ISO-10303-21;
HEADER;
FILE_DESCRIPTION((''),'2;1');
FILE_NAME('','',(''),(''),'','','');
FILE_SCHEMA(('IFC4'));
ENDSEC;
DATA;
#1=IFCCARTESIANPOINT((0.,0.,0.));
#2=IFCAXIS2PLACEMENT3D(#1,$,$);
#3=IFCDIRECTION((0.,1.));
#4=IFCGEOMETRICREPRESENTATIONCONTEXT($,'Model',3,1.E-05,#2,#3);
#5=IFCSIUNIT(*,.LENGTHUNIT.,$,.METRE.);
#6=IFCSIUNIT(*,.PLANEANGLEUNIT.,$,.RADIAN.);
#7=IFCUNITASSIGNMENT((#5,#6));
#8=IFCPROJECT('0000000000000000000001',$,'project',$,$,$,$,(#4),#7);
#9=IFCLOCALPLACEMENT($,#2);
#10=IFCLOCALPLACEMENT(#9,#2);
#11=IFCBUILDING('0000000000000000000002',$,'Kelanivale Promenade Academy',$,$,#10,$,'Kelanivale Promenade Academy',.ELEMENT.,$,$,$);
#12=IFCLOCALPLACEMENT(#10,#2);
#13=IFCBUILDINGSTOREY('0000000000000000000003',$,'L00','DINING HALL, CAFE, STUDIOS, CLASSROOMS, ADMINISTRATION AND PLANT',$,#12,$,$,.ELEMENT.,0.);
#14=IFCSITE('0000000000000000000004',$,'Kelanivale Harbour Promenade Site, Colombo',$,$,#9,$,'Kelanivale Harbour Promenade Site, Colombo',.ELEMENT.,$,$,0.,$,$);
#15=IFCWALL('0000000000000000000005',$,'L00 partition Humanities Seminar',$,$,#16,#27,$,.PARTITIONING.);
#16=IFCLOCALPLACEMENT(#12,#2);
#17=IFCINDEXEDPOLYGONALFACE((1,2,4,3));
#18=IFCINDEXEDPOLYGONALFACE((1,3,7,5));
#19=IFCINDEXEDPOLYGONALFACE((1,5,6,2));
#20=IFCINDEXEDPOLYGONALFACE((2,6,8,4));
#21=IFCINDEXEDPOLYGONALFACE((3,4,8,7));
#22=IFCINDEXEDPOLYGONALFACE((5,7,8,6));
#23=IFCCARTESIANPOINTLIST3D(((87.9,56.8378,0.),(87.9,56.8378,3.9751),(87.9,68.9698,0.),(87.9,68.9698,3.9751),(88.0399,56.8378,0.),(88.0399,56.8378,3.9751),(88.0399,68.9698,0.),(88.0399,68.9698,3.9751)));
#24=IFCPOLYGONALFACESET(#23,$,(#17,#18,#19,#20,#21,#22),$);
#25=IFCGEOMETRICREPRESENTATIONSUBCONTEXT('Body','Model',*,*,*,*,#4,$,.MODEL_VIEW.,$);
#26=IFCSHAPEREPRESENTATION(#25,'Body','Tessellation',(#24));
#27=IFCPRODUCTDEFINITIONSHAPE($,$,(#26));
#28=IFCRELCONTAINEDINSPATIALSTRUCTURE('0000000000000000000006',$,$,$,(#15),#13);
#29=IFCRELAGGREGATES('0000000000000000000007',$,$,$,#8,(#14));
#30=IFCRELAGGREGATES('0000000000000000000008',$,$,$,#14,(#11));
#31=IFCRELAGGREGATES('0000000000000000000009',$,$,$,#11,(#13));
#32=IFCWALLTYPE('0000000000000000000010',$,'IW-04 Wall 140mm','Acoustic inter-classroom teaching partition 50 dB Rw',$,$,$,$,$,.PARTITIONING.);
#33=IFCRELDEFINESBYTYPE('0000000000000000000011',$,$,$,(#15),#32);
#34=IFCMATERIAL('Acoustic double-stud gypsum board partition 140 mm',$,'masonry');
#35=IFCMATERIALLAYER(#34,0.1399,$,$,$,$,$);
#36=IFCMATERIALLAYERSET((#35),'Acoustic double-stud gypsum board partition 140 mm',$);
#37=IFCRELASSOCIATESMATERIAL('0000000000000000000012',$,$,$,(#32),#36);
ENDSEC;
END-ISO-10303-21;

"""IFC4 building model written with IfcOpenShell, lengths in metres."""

from ifc_helpers import new_model, si_unit, direction, frame, frame_2d, origin, place, context, subcontext, project, spatial, rectangle, extrude, material, layer, layer_set, type_object, element, save


model = new_model("IFC4")

# Units and contexts
model_context = context("Model", 3, precision=1e-05, world=origin(), true_north=direction((0.0, 1.0)))
body_context = subcontext(model_context, "Body", "Model", "MODEL_VIEW")
ifc_project = project(units=[si_unit("LENGTHUNIT", "METRE"), si_unit("PLANEANGLEUNIT", "RADIAN")], contexts=[model_context])

# Site, building, storey
site_placement = place(None, origin())
site = spatial("IfcSite", under=ifc_project, at=site_placement, Name="Kelanivale Harbour Promenade Site, Colombo", LongName="Kelanivale Harbour Promenade Site, Colombo", CompositionType="ELEMENT", RefElevation=0.0)
building_placement = place(site_placement, origin())
building = spatial("IfcBuilding", under=site, at=building_placement, Name="Kelanivale Promenade Academy", LongName="Kelanivale Promenade Academy", CompositionType="ELEMENT")
storey_placement = place(building_placement, origin())
storey = spatial("IfcBuildingStorey", under=building, at=storey_placement, Name="L00", Description="DINING HALL, CAFE, STUDIOS, CLASSROOMS, ADMINISTRATION AND PLANT", CompositionType="ELEMENT", Elevation=0.0)

# Shared definitions
ifc_material_1 = material(Name="Acoustic double-stud gypsum board partition 140 mm", Category="masonry")
ifc_layer_1 = layer(ifc_material_1, 0.1399)
ifc_layer_set_1 = layer_set([ifc_layer_1], Name="Acoustic double-stud gypsum board partition 140 mm")
wall_type = type_object("IfcWallType", Name="IW-04 Wall 140mm", Description="Acoustic inter-classroom teaching partition 50 dB Rw", PredefinedType="PARTITIONING", material=ifc_layer_set_1)

# Wall
wall_1_placement = place(storey_placement, frame((87.97, 56.8379, 0.0), z_axis=(0.0, 0.0, 1.0), x_axis=(0.0, 1.0, 0.0)))
element("IfcWall", 1, at=wall_1_placement, inside=storey, type_object=wall_type, Name="L00 partition Humanities Seminar", PredefinedType="PARTITIONING", context=body_context, shape_type="SweptSolid", body=[
    extrude(rectangle(XDim=12.1321, YDim=0.1399, at=frame_2d((6.0659, 0.0))), origin(), (0.0, 0.0, 1.0), 3.9751),
])

save(model, "model.ifc")
